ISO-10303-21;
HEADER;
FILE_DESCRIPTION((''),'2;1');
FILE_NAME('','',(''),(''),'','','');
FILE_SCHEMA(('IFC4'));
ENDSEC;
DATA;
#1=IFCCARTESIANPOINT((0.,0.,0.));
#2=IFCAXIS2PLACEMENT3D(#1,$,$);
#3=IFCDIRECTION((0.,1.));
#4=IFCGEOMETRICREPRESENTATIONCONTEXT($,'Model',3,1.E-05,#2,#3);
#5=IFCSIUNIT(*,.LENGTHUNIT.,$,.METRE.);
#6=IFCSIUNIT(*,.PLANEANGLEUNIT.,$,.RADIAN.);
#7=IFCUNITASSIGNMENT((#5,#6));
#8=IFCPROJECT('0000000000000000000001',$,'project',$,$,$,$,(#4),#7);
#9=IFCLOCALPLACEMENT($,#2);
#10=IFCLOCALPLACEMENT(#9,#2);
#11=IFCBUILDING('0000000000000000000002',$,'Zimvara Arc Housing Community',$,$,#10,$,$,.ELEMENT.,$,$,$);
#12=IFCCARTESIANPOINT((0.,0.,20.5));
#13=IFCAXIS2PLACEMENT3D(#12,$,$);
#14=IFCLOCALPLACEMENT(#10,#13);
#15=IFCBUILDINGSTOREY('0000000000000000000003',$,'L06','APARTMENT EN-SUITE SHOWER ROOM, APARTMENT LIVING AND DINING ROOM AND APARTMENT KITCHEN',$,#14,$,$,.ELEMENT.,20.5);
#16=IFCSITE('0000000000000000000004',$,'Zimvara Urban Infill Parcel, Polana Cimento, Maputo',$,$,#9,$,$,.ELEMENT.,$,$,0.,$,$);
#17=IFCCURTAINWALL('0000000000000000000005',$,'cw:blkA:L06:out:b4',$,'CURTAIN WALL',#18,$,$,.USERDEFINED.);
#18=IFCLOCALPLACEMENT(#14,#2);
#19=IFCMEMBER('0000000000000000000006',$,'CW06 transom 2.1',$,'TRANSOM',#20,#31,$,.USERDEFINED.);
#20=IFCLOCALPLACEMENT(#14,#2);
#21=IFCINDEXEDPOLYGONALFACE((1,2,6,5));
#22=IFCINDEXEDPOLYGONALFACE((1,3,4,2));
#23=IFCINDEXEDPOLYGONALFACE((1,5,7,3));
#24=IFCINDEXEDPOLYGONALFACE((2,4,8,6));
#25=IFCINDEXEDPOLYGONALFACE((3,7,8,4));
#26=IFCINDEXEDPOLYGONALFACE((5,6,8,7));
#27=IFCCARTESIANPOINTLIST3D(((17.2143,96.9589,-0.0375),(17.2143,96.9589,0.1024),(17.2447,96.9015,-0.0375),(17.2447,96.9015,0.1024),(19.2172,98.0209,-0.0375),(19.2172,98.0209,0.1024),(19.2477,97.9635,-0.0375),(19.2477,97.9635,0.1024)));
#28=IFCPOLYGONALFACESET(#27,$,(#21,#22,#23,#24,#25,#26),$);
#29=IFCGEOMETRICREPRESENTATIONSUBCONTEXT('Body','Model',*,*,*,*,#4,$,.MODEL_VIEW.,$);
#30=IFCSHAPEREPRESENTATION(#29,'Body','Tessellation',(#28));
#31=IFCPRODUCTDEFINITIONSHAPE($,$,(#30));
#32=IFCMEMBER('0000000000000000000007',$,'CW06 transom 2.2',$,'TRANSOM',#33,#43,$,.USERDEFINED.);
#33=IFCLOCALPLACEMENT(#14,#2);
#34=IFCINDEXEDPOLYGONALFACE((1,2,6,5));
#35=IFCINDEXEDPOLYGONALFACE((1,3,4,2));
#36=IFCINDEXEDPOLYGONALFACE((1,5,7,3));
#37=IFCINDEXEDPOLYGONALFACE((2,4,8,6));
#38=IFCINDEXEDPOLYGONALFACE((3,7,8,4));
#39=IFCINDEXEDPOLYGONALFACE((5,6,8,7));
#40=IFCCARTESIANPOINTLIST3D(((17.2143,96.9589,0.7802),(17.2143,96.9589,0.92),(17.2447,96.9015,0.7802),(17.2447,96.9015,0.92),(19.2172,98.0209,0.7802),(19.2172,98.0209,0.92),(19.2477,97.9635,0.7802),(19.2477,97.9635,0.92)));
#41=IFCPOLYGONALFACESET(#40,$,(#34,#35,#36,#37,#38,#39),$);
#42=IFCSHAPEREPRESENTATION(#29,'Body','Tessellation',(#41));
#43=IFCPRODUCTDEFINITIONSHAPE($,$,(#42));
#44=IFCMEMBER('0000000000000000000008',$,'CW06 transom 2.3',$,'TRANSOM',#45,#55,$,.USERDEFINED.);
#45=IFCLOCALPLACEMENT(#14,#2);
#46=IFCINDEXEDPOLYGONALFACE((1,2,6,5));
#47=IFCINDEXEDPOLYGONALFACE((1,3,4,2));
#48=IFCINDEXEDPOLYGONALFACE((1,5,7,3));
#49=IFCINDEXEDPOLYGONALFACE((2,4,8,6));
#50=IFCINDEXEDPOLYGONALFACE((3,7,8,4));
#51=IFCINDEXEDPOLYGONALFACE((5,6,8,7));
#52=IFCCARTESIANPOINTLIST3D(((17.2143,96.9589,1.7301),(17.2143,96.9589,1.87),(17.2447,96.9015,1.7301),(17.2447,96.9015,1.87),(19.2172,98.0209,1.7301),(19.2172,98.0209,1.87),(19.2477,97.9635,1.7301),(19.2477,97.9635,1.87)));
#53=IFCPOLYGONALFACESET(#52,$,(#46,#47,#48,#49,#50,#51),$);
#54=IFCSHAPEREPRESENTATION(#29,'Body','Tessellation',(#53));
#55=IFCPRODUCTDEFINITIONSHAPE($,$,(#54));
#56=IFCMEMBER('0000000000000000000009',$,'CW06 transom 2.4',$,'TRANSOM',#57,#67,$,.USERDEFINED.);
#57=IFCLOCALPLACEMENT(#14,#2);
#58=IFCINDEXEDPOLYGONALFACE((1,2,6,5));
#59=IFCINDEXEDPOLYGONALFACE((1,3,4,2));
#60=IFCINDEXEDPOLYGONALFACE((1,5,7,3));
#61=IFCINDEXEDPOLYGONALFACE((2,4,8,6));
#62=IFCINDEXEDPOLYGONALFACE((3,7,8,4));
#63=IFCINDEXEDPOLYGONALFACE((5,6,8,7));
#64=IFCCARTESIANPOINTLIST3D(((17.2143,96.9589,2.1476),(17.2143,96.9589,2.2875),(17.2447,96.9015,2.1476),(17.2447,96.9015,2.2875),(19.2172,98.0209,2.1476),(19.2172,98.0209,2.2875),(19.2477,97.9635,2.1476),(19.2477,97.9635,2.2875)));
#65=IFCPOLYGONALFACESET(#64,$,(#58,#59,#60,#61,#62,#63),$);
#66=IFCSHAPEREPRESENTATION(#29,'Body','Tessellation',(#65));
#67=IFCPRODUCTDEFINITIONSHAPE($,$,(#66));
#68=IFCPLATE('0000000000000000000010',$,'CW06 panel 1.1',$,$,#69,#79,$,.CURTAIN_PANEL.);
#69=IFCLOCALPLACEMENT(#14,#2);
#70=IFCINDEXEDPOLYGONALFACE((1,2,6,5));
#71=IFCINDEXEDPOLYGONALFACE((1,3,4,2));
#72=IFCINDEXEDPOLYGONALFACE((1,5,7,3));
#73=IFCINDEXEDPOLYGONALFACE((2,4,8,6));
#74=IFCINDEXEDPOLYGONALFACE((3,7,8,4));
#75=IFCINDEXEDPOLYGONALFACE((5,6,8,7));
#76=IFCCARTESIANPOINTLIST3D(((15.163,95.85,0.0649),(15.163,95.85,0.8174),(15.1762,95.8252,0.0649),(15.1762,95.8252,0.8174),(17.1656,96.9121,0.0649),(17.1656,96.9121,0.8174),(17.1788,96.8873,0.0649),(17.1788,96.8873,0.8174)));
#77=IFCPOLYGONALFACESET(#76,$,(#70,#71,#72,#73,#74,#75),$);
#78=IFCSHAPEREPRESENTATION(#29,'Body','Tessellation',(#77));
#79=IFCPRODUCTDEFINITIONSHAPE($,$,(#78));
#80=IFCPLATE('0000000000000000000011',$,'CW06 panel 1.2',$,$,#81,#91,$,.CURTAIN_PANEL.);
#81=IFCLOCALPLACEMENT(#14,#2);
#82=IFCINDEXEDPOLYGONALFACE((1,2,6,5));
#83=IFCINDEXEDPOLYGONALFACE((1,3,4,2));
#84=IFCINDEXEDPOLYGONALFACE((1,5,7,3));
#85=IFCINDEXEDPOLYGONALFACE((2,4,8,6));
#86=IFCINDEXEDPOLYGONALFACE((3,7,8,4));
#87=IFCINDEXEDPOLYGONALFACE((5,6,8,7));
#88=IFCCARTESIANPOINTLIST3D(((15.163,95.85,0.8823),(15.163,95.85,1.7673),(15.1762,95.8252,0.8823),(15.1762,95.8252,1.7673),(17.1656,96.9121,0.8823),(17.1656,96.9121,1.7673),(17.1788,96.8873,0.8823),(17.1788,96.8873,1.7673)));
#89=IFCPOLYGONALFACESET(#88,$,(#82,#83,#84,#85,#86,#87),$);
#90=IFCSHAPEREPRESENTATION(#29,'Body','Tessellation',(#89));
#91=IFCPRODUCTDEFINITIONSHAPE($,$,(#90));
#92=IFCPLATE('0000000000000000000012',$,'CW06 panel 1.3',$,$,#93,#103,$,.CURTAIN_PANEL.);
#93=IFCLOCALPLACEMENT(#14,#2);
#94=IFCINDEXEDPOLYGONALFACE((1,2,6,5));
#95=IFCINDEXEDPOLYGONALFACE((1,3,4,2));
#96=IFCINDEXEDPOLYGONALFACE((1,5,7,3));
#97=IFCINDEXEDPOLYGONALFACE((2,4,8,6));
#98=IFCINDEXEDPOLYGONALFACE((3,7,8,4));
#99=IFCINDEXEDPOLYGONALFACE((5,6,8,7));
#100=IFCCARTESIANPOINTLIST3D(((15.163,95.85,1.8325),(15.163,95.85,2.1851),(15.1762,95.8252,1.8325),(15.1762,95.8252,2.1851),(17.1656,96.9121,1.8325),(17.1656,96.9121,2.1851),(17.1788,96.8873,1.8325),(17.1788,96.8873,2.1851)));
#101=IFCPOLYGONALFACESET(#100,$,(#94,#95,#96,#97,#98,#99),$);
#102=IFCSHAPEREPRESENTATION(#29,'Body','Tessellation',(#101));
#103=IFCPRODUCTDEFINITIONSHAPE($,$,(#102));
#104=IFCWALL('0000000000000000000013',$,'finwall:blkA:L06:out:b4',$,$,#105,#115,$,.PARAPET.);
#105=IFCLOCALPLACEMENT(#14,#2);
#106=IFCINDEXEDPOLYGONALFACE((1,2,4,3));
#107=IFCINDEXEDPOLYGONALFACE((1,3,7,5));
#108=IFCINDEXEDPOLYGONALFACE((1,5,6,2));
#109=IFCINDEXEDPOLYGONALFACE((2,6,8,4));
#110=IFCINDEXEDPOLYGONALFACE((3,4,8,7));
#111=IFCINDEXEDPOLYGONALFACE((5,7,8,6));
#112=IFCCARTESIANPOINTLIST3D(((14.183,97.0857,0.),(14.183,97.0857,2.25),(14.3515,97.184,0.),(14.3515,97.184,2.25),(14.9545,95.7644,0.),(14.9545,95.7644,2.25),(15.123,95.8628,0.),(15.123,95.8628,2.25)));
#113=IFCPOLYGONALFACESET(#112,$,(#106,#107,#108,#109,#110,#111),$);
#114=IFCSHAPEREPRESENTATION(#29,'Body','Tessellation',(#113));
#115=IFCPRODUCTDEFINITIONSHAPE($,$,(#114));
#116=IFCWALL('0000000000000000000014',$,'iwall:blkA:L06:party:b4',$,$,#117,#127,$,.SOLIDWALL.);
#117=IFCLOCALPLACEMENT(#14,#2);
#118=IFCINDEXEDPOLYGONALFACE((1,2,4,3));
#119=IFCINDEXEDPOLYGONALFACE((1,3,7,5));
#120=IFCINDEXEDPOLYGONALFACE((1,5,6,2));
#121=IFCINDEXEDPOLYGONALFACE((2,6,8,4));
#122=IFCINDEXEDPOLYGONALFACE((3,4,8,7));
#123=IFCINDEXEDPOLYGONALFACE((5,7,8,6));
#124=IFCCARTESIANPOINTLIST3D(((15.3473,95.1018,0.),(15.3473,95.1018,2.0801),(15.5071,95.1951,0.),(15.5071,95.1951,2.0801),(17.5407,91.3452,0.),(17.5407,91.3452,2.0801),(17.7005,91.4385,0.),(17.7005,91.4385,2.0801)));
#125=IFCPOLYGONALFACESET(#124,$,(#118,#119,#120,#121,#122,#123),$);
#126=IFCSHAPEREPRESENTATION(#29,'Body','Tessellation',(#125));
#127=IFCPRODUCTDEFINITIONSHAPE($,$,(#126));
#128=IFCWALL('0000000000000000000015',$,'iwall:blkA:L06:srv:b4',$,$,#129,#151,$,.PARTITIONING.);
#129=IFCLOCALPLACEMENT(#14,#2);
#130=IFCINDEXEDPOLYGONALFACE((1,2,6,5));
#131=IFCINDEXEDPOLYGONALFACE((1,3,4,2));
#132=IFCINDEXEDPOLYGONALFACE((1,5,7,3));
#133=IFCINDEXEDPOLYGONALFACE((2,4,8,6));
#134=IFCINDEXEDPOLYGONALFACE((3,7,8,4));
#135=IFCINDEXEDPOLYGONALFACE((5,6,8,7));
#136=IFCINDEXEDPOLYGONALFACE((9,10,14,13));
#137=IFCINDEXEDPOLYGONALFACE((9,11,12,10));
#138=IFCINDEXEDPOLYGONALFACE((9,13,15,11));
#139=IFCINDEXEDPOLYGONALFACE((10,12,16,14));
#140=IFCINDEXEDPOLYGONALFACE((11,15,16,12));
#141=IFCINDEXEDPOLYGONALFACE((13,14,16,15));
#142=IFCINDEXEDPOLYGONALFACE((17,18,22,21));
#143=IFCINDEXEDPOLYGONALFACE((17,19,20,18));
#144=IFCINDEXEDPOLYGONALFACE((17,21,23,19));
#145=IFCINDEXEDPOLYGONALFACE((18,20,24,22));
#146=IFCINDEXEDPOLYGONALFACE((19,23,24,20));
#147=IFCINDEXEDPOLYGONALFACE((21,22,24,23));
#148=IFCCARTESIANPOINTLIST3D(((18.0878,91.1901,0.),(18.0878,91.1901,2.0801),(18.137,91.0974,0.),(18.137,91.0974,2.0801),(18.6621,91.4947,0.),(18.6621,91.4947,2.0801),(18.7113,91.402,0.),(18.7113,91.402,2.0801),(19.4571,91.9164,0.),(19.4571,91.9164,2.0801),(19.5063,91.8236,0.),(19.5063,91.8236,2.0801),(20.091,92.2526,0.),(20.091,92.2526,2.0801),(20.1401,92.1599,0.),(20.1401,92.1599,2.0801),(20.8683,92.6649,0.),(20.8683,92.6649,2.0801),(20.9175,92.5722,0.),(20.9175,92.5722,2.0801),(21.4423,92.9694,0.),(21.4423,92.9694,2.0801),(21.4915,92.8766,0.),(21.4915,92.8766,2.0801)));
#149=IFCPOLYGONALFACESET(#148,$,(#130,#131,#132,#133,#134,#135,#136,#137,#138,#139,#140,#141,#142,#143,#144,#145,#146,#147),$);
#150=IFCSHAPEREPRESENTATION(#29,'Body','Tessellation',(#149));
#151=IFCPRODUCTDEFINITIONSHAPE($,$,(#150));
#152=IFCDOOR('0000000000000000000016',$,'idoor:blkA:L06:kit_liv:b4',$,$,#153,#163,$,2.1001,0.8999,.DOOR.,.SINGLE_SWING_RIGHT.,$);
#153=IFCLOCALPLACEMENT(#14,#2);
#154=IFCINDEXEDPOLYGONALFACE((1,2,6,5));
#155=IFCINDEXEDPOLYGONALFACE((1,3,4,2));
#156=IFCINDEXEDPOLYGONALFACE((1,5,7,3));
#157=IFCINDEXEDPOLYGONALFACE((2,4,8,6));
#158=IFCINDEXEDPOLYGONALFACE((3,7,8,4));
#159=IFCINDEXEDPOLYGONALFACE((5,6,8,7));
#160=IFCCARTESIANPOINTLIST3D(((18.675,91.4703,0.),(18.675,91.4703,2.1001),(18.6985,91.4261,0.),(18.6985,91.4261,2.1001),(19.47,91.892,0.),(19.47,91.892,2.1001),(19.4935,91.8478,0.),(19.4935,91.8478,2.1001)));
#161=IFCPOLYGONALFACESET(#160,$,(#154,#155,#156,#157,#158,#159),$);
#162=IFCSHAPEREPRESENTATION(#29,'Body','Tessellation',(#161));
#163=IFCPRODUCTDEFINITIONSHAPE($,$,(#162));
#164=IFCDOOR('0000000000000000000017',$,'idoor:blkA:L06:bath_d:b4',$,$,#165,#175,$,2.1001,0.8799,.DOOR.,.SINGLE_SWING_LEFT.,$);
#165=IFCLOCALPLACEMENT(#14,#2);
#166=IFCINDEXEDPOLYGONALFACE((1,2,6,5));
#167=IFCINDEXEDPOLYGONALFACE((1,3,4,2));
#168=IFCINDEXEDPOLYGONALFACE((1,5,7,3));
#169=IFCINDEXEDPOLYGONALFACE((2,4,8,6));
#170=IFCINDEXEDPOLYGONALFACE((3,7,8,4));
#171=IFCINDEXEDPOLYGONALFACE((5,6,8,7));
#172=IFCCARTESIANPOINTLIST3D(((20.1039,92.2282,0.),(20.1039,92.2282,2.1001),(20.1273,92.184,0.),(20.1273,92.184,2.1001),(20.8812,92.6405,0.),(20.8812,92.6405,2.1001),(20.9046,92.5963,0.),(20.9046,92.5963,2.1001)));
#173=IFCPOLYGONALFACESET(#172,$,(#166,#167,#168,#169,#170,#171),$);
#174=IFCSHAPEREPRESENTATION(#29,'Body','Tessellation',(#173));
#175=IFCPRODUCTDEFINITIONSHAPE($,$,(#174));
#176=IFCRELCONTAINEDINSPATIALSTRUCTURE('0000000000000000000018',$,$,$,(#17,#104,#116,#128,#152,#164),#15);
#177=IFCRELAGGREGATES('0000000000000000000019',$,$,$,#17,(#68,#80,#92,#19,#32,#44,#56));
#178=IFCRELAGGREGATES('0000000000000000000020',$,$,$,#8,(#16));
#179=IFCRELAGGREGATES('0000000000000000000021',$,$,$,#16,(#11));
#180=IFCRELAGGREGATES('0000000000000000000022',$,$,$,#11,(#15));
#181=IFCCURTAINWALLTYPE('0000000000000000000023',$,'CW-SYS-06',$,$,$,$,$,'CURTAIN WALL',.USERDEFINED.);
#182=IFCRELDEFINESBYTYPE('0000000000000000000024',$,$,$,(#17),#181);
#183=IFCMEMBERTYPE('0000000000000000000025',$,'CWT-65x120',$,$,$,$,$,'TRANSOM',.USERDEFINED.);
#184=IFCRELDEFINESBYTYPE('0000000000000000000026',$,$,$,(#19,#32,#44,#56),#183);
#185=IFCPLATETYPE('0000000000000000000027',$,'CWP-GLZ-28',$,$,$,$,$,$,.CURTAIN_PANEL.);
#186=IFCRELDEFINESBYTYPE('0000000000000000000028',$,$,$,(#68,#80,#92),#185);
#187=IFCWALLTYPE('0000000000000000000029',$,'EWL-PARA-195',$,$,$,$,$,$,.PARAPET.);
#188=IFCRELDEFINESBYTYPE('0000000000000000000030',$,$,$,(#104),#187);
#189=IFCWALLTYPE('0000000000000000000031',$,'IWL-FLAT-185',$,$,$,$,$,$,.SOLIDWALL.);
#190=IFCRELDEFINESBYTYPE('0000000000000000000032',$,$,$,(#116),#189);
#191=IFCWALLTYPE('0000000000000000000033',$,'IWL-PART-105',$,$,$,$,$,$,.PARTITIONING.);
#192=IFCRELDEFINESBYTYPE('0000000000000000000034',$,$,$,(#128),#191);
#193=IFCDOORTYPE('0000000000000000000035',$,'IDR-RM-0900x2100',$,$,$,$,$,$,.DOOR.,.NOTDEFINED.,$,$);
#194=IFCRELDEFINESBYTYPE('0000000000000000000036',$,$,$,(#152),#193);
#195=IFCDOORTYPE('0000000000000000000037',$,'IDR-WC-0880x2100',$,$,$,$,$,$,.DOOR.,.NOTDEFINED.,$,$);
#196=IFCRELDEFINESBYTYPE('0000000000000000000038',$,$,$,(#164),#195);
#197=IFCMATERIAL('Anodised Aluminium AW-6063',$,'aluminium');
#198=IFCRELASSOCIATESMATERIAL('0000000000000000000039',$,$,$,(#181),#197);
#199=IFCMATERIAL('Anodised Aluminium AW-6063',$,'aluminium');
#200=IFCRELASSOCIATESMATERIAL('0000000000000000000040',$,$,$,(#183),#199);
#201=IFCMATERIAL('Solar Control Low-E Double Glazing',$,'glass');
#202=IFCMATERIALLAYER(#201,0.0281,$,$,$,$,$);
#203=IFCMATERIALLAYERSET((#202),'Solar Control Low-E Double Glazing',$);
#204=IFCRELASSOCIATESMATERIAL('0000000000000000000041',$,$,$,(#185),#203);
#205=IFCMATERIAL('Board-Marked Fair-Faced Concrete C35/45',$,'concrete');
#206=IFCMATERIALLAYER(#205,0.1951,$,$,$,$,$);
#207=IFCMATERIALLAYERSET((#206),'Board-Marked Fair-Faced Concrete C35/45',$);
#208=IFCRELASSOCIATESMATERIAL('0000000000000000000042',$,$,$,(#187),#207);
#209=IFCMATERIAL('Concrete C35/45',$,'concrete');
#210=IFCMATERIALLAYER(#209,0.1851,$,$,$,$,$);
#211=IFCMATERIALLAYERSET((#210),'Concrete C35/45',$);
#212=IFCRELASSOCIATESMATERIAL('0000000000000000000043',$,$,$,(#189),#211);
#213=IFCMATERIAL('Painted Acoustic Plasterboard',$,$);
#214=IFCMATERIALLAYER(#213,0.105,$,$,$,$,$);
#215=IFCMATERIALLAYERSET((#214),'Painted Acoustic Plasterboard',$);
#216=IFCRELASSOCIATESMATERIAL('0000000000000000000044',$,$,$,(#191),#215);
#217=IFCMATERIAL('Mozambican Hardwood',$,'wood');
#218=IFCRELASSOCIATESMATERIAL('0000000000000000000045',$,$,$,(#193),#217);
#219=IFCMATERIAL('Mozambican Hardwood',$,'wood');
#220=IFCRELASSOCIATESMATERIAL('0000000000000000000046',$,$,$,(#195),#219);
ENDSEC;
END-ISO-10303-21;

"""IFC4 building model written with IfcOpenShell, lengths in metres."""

from ifc_helpers import new_model, si_unit, direction, frame, frame_2d, origin, origin_2d, place, context, subcontext, project, spatial, rectangle, extrude, material, layer, layer_set, material_profile, profile_set, type_object, element, fill, aggregate, save


model = new_model("IFC4")

# Units and contexts
model_context = context("Model", 3, precision=1e-05, world=origin(), true_north=direction((0.0, 1.0)))
body_context = subcontext(model_context, "Body", "Model", "MODEL_VIEW")
ifc_project = project(units=[si_unit("LENGTHUNIT", "METRE"), si_unit("PLANEANGLEUNIT", "RADIAN")], contexts=[model_context])

# Site, building, storey
site_placement = place(None, origin())
site = spatial("IfcSite", under=ifc_project, at=site_placement, Name="Zimvara Urban Infill Parcel, Polana Cimento, Maputo", CompositionType="ELEMENT", RefElevation=0.0)
building_placement = place(site_placement, origin())
building = spatial("IfcBuilding", under=site, at=building_placement, Name="Zimvara Arc Housing Community", CompositionType="ELEMENT")
storey_placement = place(building_placement, frame((0.0, 0.0, 20.5)))
storey = spatial("IfcBuildingStorey", under=building, at=storey_placement, Name="L06", Description="APARTMENT EN-SUITE SHOWER ROOM, APARTMENT LIVING AND DINING ROOM AND APARTMENT KITCHEN", CompositionType="ELEMENT", Elevation=20.5)

# Curtain wall, members, plates
ifc_material_1 = material(Name="Anodised Aluminium AW-6063", Category="aluminium")
curtain_wall_type = type_object("IfcCurtainWallType", Name="CW-SYS-06", ElementType="CURTAIN WALL", PredefinedType="USERDEFINED", material=ifc_material_1)
curtain_wall_placement = place(storey_placement, origin())
curtain_wall = element("IfcCurtainWall", 1, at=curtain_wall_placement, inside=storey, type_object=curtain_wall_type, Name="cw:blkA:L06:out:b4", ObjectType="CURTAIN WALL", PredefinedType="USERDEFINED")
ifc_material_2 = material(Name="Anodised Aluminium AW-6063", Category="aluminium")
ifc_material_profile_1 = material_profile(ifc_material_2, rectangle(XDim=0.0649, YDim=0.1399, at=origin_2d()), Name="ALU 65x140")
ifc_profile_set_1 = profile_set([ifc_material_profile_1], Name="Anodised Aluminium AW-6063")
member_type_1 = type_object("IfcMemberType", Name="CWT-65x120", ElementType="TRANSOM", PredefinedType="USERDEFINED", material=ifc_profile_set_1)
member_1_placement = place(storey_placement, frame((17.2295, 96.9302, 0.0325), z_axis=(0.883489, 0.468452, 0.0), x_axis=(-0.468452, 0.883489, 0.0)))
member_1 = element("IfcMember", 2, at=member_1_placement, type_object=member_type_1, Name="CW06 transom 2.1", ObjectType="TRANSOM", PredefinedType="USERDEFINED", context=body_context, shape_type="SweptSolid", body=[
    extrude(rectangle(XDim=0.0649, YDim=0.1399, at=origin_2d()), origin(), (0.0, 0.0, 1.0), 2.2671),
])
member_2_placement = place(storey_placement, frame((17.2295, 96.9302, 0.8501), z_axis=(0.883489, 0.468452, 0.0), x_axis=(-0.468452, 0.883489, 0.0)))
member_2 = element("IfcMember", 3, at=member_2_placement, type_object=member_type_1, Name="CW06 transom 2.2", ObjectType="TRANSOM", PredefinedType="USERDEFINED", context=body_context, shape_type="SweptSolid", body=[
    extrude(rectangle(XDim=0.0649, YDim=0.1399, at=origin_2d()), origin(), (0.0, 0.0, 1.0), 2.2671),
])
member_3_placement = place(storey_placement, frame((17.2295, 96.9302, 1.8), z_axis=(0.883489, 0.468452, 0.0), x_axis=(-0.468452, 0.883489, 0.0)))
member_3 = element("IfcMember", 4, at=member_3_placement, type_object=member_type_1, Name="CW06 transom 2.3", ObjectType="TRANSOM", PredefinedType="USERDEFINED", context=body_context, shape_type="SweptSolid", body=[
    extrude(rectangle(XDim=0.0649, YDim=0.1399, at=origin_2d()), origin(), (0.0, 0.0, 1.0), 2.2671),
])
member_4_placement = place(storey_placement, frame((17.2295, 96.9302, 2.2175), z_axis=(0.883489, 0.468452, 0.0), x_axis=(-0.468452, 0.883489, 0.0)))
member_4 = element("IfcMember", 5, at=member_4_placement, type_object=member_type_1, Name="CW06 transom 2.4", ObjectType="TRANSOM", PredefinedType="USERDEFINED", context=body_context, shape_type="SweptSolid", body=[
    extrude(rectangle(XDim=0.0649, YDim=0.1399, at=origin_2d()), origin(), (0.0, 0.0, 1.0), 2.2671),
])
ifc_material_3 = material(Name="Solar Control Low-E Double Glazing", Category="glass")
ifc_layer_1 = layer(ifc_material_3, 0.0281)
ifc_layer_set_1 = layer_set([ifc_layer_1], Name="Solar Control Low-E Double Glazing")
plate_type = type_object("IfcPlateType", Name="CWP-GLZ-28", PredefinedType="CURTAIN_PANEL", material=ifc_layer_set_1)
plate_1_placement = place(storey_placement, frame((16.1709, 96.3687, 0.0649), z_axis=(0.0, 0.0, 1.0), x_axis=(0.883439, 0.468547, 0.0)))
plate_1 = element("IfcPlate", 6, at=plate_1_placement, type_object=plate_type, Name="CW06 panel 1.1", PredefinedType="CURTAIN_PANEL", context=body_context, shape_type="SweptSolid", body=[
    extrude(rectangle(XDim=2.2668, YDim=0.0281, at=origin_2d()), origin(), (0.0, 0.0, 1.0), 0.7524),
])
plate_2_placement = place(storey_placement, frame((16.1709, 96.3687, 0.8823), z_axis=(0.0, 0.0, 1.0), x_axis=(0.883439, 0.468547, 0.0)))
plate_2 = element("IfcPlate", 7, at=plate_2_placement, type_object=plate_type, Name="CW06 panel 1.2", PredefinedType="CURTAIN_PANEL", context=body_context, shape_type="SweptSolid", body=[
    extrude(rectangle(XDim=2.2668, YDim=0.0281, at=origin_2d()), origin(), (0.0, 0.0, 1.0), 0.885),
])
plate_3_placement = place(storey_placement, frame((16.1709, 96.3687, 1.8325), z_axis=(0.0, 0.0, 1.0), x_axis=(0.883439, 0.468547, 0.0)))
plate_3 = element("IfcPlate", 8, at=plate_3_placement, type_object=plate_type, Name="CW06 panel 1.3", PredefinedType="CURTAIN_PANEL", context=body_context, shape_type="SweptSolid", body=[
    extrude(rectangle(XDim=2.2668, YDim=0.0281, at=origin_2d()), origin(), (0.0, 0.0, 1.0), 0.3525),
])
aggregate(curtain_wall, [plate_1, plate_2, plate_3, member_1, member_2, member_3, member_4])

# Walls
ifc_material_4 = material(Name="Board-Marked Fair-Faced Concrete C35/45", Category="concrete")
ifc_layer_2 = layer(ifc_material_4, 0.1951)
ifc_layer_set_2 = layer_set([ifc_layer_2], Name="Board-Marked Fair-Faced Concrete C35/45")
wall_type_1 = type_object("IfcWallType", Name="EWL-PARA-195", PredefinedType="PARAPET", material=ifc_layer_set_2)
wall_1_placement = place(storey_placement, frame((15.0388, 95.8135, 0.0), z_axis=(0.0, 0.0, 1.0), x_axis=(-0.504228, 0.86357, 0.0)))
element("IfcWall", 9, at=wall_1_placement, inside=storey, type_object=wall_type_1, Name="finwall:blkA:L06:out:b4", PredefinedType="PARAPET", context=body_context, shape_type="SweptSolid", body=[
    extrude(rectangle(XDim=1.53, YDim=0.1951, at=frame_2d((0.7651, 0.0))), origin(), (0.0, 0.0, 1.0), 2.25),
])
ifc_material_5 = material(Name="Concrete C35/45", Category="concrete")
ifc_layer_3 = layer(ifc_material_5, 0.1851)
ifc_layer_set_3 = layer_set([ifc_layer_3], Name="Concrete C35/45")
wall_type_2 = type_object("IfcWallType", Name="IWL-FLAT-185", PredefinedType="SOLIDWALL", material=ifc_layer_set_3)
wall_2_placement = place(storey_placement, frame((17.6206, 91.3918, 0.0), z_axis=(0.0, 0.0, 1.0), x_axis=(-0.504216, 0.863577, 0.0)))
element("IfcWall", 10, at=wall_2_placement, inside=storey, type_object=wall_type_2, Name="iwall:blkA:L06:party:b4", PredefinedType="SOLIDWALL", context=body_context, shape_type="SweptSolid", body=[
    extrude(rectangle(XDim=4.3501, YDim=0.1851, at=frame_2d((2.175, 0.0))), origin(), (0.0, 0.0, 1.0), 2.0801),
])

# Wall, openings, doors
ifc_material_6 = material(Name="Painted Acoustic Plasterboard")
ifc_layer_4 = layer(ifc_material_6, 0.105)
ifc_layer_set_4 = layer_set([ifc_layer_4], Name="Painted Acoustic Plasterboard")
wall_type_3 = type_object("IfcWallType", Name="IWL-PART-105", PredefinedType="PARTITIONING", material=ifc_layer_set_4)
wall_3_placement = place(storey_placement, frame((18.1125, 91.1438, 0.0), z_axis=(0.0, 0.0, 1.0), x_axis=(0.883419, 0.468585, 0.0)))
wall_3 = element("IfcWall", 11, at=wall_3_placement, inside=storey, type_object=wall_type_3, Name="iwall:blkA:L06:srv:b4", PredefinedType="PARTITIONING", context=body_context, shape_type="SweptSolid", body=[
    extrude(rectangle(XDim=3.7971, YDim=0.105, at=frame_2d((1.8984, 0.0))), origin(), (0.0, 0.0, 1.0), 2.0801),
])
opening_1_placement = place(wall_3_placement, frame((0.6499, 0.0, 0.0)))
opening_1 = element("IfcOpeningElement", 12, at=opening_1_placement, cuts=wall_3, PredefinedType="OPENING", context=body_context, shape_type="SweptSolid", body=[
    extrude(rectangle(XDim=0.8999, YDim=2.1001, at=frame_2d((0.45, 1.05))), frame((0.0, 0.0625, 0.0), z_axis=(0.0, -1.0, 0.0), x_axis=(1.0, 0.0, 0.0)), (0.0, 0.0, 1.0), 0.125),
])
opening_2_placement = place(wall_3_placement, frame((2.2673, 0.0, 0.0)))
opening_2 = element("IfcOpeningElement", 13, at=opening_2_placement, cuts=wall_3, PredefinedType="OPENING", context=body_context, shape_type="SweptSolid", body=[
    extrude(rectangle(XDim=0.8799, YDim=2.1001, at=frame_2d((0.4399, 1.05))), frame((0.0, 0.0625, 0.0), z_axis=(0.0, -1.0, 0.0), x_axis=(1.0, 0.0, 0.0)), (0.0, 0.0, 1.0), 0.125),
])
ifc_material_7 = material(Name="Mozambican Hardwood", Category="wood")
door_type_1 = type_object("IfcDoorType", Name="IDR-RM-0900x2100", OperationType="NOTDEFINED", PredefinedType="DOOR", material=ifc_material_7)
door_1_placement = place(opening_1_placement, origin())
door_1 = element("IfcDoor", 14, at=door_1_placement, inside=storey, type_object=door_type_1, Name="idoor:blkA:L06:kit_liv:b4", OperationType="SINGLE_SWING_RIGHT", OverallHeight=2.1001, OverallWidth=0.8999, PredefinedType="DOOR", context=body_context, shape_type="SweptSolid", body=[
    extrude(rectangle(XDim=0.8999, YDim=2.1001, at=frame_2d((0.45, 1.05))), frame((0.0, 0.0249, 0.0), z_axis=(0.0, -1.0, 0.0), x_axis=(1.0, 0.0, 0.0)), (0.0, 0.0, 1.0), 0.05),
])
fill(opening_1, door_1)
ifc_material_8 = material(Name="Mozambican Hardwood", Category="wood")
door_type_2 = type_object("IfcDoorType", Name="IDR-WC-0880x2100", OperationType="NOTDEFINED", PredefinedType="DOOR", material=ifc_material_8)
door_2_placement = place(opening_2_placement, origin())
door_2 = element("IfcDoor", 15, at=door_2_placement, inside=storey, type_object=door_type_2, Name="idoor:blkA:L06:bath_d:b4", OperationType="SINGLE_SWING_LEFT", OverallHeight=2.1001, OverallWidth=0.8799, PredefinedType="DOOR", context=body_context, shape_type="SweptSolid", body=[
    extrude(rectangle(XDim=0.8799, YDim=2.1001, at=frame_2d((0.4399, 1.05))), frame((0.0, 0.0249, 0.0), z_axis=(0.0, -1.0, 0.0), x_axis=(1.0, 0.0, 0.0)), (0.0, 0.0, 1.0), 0.05),
])
fill(opening_2, door_2)

save(model, "model.ifc")
